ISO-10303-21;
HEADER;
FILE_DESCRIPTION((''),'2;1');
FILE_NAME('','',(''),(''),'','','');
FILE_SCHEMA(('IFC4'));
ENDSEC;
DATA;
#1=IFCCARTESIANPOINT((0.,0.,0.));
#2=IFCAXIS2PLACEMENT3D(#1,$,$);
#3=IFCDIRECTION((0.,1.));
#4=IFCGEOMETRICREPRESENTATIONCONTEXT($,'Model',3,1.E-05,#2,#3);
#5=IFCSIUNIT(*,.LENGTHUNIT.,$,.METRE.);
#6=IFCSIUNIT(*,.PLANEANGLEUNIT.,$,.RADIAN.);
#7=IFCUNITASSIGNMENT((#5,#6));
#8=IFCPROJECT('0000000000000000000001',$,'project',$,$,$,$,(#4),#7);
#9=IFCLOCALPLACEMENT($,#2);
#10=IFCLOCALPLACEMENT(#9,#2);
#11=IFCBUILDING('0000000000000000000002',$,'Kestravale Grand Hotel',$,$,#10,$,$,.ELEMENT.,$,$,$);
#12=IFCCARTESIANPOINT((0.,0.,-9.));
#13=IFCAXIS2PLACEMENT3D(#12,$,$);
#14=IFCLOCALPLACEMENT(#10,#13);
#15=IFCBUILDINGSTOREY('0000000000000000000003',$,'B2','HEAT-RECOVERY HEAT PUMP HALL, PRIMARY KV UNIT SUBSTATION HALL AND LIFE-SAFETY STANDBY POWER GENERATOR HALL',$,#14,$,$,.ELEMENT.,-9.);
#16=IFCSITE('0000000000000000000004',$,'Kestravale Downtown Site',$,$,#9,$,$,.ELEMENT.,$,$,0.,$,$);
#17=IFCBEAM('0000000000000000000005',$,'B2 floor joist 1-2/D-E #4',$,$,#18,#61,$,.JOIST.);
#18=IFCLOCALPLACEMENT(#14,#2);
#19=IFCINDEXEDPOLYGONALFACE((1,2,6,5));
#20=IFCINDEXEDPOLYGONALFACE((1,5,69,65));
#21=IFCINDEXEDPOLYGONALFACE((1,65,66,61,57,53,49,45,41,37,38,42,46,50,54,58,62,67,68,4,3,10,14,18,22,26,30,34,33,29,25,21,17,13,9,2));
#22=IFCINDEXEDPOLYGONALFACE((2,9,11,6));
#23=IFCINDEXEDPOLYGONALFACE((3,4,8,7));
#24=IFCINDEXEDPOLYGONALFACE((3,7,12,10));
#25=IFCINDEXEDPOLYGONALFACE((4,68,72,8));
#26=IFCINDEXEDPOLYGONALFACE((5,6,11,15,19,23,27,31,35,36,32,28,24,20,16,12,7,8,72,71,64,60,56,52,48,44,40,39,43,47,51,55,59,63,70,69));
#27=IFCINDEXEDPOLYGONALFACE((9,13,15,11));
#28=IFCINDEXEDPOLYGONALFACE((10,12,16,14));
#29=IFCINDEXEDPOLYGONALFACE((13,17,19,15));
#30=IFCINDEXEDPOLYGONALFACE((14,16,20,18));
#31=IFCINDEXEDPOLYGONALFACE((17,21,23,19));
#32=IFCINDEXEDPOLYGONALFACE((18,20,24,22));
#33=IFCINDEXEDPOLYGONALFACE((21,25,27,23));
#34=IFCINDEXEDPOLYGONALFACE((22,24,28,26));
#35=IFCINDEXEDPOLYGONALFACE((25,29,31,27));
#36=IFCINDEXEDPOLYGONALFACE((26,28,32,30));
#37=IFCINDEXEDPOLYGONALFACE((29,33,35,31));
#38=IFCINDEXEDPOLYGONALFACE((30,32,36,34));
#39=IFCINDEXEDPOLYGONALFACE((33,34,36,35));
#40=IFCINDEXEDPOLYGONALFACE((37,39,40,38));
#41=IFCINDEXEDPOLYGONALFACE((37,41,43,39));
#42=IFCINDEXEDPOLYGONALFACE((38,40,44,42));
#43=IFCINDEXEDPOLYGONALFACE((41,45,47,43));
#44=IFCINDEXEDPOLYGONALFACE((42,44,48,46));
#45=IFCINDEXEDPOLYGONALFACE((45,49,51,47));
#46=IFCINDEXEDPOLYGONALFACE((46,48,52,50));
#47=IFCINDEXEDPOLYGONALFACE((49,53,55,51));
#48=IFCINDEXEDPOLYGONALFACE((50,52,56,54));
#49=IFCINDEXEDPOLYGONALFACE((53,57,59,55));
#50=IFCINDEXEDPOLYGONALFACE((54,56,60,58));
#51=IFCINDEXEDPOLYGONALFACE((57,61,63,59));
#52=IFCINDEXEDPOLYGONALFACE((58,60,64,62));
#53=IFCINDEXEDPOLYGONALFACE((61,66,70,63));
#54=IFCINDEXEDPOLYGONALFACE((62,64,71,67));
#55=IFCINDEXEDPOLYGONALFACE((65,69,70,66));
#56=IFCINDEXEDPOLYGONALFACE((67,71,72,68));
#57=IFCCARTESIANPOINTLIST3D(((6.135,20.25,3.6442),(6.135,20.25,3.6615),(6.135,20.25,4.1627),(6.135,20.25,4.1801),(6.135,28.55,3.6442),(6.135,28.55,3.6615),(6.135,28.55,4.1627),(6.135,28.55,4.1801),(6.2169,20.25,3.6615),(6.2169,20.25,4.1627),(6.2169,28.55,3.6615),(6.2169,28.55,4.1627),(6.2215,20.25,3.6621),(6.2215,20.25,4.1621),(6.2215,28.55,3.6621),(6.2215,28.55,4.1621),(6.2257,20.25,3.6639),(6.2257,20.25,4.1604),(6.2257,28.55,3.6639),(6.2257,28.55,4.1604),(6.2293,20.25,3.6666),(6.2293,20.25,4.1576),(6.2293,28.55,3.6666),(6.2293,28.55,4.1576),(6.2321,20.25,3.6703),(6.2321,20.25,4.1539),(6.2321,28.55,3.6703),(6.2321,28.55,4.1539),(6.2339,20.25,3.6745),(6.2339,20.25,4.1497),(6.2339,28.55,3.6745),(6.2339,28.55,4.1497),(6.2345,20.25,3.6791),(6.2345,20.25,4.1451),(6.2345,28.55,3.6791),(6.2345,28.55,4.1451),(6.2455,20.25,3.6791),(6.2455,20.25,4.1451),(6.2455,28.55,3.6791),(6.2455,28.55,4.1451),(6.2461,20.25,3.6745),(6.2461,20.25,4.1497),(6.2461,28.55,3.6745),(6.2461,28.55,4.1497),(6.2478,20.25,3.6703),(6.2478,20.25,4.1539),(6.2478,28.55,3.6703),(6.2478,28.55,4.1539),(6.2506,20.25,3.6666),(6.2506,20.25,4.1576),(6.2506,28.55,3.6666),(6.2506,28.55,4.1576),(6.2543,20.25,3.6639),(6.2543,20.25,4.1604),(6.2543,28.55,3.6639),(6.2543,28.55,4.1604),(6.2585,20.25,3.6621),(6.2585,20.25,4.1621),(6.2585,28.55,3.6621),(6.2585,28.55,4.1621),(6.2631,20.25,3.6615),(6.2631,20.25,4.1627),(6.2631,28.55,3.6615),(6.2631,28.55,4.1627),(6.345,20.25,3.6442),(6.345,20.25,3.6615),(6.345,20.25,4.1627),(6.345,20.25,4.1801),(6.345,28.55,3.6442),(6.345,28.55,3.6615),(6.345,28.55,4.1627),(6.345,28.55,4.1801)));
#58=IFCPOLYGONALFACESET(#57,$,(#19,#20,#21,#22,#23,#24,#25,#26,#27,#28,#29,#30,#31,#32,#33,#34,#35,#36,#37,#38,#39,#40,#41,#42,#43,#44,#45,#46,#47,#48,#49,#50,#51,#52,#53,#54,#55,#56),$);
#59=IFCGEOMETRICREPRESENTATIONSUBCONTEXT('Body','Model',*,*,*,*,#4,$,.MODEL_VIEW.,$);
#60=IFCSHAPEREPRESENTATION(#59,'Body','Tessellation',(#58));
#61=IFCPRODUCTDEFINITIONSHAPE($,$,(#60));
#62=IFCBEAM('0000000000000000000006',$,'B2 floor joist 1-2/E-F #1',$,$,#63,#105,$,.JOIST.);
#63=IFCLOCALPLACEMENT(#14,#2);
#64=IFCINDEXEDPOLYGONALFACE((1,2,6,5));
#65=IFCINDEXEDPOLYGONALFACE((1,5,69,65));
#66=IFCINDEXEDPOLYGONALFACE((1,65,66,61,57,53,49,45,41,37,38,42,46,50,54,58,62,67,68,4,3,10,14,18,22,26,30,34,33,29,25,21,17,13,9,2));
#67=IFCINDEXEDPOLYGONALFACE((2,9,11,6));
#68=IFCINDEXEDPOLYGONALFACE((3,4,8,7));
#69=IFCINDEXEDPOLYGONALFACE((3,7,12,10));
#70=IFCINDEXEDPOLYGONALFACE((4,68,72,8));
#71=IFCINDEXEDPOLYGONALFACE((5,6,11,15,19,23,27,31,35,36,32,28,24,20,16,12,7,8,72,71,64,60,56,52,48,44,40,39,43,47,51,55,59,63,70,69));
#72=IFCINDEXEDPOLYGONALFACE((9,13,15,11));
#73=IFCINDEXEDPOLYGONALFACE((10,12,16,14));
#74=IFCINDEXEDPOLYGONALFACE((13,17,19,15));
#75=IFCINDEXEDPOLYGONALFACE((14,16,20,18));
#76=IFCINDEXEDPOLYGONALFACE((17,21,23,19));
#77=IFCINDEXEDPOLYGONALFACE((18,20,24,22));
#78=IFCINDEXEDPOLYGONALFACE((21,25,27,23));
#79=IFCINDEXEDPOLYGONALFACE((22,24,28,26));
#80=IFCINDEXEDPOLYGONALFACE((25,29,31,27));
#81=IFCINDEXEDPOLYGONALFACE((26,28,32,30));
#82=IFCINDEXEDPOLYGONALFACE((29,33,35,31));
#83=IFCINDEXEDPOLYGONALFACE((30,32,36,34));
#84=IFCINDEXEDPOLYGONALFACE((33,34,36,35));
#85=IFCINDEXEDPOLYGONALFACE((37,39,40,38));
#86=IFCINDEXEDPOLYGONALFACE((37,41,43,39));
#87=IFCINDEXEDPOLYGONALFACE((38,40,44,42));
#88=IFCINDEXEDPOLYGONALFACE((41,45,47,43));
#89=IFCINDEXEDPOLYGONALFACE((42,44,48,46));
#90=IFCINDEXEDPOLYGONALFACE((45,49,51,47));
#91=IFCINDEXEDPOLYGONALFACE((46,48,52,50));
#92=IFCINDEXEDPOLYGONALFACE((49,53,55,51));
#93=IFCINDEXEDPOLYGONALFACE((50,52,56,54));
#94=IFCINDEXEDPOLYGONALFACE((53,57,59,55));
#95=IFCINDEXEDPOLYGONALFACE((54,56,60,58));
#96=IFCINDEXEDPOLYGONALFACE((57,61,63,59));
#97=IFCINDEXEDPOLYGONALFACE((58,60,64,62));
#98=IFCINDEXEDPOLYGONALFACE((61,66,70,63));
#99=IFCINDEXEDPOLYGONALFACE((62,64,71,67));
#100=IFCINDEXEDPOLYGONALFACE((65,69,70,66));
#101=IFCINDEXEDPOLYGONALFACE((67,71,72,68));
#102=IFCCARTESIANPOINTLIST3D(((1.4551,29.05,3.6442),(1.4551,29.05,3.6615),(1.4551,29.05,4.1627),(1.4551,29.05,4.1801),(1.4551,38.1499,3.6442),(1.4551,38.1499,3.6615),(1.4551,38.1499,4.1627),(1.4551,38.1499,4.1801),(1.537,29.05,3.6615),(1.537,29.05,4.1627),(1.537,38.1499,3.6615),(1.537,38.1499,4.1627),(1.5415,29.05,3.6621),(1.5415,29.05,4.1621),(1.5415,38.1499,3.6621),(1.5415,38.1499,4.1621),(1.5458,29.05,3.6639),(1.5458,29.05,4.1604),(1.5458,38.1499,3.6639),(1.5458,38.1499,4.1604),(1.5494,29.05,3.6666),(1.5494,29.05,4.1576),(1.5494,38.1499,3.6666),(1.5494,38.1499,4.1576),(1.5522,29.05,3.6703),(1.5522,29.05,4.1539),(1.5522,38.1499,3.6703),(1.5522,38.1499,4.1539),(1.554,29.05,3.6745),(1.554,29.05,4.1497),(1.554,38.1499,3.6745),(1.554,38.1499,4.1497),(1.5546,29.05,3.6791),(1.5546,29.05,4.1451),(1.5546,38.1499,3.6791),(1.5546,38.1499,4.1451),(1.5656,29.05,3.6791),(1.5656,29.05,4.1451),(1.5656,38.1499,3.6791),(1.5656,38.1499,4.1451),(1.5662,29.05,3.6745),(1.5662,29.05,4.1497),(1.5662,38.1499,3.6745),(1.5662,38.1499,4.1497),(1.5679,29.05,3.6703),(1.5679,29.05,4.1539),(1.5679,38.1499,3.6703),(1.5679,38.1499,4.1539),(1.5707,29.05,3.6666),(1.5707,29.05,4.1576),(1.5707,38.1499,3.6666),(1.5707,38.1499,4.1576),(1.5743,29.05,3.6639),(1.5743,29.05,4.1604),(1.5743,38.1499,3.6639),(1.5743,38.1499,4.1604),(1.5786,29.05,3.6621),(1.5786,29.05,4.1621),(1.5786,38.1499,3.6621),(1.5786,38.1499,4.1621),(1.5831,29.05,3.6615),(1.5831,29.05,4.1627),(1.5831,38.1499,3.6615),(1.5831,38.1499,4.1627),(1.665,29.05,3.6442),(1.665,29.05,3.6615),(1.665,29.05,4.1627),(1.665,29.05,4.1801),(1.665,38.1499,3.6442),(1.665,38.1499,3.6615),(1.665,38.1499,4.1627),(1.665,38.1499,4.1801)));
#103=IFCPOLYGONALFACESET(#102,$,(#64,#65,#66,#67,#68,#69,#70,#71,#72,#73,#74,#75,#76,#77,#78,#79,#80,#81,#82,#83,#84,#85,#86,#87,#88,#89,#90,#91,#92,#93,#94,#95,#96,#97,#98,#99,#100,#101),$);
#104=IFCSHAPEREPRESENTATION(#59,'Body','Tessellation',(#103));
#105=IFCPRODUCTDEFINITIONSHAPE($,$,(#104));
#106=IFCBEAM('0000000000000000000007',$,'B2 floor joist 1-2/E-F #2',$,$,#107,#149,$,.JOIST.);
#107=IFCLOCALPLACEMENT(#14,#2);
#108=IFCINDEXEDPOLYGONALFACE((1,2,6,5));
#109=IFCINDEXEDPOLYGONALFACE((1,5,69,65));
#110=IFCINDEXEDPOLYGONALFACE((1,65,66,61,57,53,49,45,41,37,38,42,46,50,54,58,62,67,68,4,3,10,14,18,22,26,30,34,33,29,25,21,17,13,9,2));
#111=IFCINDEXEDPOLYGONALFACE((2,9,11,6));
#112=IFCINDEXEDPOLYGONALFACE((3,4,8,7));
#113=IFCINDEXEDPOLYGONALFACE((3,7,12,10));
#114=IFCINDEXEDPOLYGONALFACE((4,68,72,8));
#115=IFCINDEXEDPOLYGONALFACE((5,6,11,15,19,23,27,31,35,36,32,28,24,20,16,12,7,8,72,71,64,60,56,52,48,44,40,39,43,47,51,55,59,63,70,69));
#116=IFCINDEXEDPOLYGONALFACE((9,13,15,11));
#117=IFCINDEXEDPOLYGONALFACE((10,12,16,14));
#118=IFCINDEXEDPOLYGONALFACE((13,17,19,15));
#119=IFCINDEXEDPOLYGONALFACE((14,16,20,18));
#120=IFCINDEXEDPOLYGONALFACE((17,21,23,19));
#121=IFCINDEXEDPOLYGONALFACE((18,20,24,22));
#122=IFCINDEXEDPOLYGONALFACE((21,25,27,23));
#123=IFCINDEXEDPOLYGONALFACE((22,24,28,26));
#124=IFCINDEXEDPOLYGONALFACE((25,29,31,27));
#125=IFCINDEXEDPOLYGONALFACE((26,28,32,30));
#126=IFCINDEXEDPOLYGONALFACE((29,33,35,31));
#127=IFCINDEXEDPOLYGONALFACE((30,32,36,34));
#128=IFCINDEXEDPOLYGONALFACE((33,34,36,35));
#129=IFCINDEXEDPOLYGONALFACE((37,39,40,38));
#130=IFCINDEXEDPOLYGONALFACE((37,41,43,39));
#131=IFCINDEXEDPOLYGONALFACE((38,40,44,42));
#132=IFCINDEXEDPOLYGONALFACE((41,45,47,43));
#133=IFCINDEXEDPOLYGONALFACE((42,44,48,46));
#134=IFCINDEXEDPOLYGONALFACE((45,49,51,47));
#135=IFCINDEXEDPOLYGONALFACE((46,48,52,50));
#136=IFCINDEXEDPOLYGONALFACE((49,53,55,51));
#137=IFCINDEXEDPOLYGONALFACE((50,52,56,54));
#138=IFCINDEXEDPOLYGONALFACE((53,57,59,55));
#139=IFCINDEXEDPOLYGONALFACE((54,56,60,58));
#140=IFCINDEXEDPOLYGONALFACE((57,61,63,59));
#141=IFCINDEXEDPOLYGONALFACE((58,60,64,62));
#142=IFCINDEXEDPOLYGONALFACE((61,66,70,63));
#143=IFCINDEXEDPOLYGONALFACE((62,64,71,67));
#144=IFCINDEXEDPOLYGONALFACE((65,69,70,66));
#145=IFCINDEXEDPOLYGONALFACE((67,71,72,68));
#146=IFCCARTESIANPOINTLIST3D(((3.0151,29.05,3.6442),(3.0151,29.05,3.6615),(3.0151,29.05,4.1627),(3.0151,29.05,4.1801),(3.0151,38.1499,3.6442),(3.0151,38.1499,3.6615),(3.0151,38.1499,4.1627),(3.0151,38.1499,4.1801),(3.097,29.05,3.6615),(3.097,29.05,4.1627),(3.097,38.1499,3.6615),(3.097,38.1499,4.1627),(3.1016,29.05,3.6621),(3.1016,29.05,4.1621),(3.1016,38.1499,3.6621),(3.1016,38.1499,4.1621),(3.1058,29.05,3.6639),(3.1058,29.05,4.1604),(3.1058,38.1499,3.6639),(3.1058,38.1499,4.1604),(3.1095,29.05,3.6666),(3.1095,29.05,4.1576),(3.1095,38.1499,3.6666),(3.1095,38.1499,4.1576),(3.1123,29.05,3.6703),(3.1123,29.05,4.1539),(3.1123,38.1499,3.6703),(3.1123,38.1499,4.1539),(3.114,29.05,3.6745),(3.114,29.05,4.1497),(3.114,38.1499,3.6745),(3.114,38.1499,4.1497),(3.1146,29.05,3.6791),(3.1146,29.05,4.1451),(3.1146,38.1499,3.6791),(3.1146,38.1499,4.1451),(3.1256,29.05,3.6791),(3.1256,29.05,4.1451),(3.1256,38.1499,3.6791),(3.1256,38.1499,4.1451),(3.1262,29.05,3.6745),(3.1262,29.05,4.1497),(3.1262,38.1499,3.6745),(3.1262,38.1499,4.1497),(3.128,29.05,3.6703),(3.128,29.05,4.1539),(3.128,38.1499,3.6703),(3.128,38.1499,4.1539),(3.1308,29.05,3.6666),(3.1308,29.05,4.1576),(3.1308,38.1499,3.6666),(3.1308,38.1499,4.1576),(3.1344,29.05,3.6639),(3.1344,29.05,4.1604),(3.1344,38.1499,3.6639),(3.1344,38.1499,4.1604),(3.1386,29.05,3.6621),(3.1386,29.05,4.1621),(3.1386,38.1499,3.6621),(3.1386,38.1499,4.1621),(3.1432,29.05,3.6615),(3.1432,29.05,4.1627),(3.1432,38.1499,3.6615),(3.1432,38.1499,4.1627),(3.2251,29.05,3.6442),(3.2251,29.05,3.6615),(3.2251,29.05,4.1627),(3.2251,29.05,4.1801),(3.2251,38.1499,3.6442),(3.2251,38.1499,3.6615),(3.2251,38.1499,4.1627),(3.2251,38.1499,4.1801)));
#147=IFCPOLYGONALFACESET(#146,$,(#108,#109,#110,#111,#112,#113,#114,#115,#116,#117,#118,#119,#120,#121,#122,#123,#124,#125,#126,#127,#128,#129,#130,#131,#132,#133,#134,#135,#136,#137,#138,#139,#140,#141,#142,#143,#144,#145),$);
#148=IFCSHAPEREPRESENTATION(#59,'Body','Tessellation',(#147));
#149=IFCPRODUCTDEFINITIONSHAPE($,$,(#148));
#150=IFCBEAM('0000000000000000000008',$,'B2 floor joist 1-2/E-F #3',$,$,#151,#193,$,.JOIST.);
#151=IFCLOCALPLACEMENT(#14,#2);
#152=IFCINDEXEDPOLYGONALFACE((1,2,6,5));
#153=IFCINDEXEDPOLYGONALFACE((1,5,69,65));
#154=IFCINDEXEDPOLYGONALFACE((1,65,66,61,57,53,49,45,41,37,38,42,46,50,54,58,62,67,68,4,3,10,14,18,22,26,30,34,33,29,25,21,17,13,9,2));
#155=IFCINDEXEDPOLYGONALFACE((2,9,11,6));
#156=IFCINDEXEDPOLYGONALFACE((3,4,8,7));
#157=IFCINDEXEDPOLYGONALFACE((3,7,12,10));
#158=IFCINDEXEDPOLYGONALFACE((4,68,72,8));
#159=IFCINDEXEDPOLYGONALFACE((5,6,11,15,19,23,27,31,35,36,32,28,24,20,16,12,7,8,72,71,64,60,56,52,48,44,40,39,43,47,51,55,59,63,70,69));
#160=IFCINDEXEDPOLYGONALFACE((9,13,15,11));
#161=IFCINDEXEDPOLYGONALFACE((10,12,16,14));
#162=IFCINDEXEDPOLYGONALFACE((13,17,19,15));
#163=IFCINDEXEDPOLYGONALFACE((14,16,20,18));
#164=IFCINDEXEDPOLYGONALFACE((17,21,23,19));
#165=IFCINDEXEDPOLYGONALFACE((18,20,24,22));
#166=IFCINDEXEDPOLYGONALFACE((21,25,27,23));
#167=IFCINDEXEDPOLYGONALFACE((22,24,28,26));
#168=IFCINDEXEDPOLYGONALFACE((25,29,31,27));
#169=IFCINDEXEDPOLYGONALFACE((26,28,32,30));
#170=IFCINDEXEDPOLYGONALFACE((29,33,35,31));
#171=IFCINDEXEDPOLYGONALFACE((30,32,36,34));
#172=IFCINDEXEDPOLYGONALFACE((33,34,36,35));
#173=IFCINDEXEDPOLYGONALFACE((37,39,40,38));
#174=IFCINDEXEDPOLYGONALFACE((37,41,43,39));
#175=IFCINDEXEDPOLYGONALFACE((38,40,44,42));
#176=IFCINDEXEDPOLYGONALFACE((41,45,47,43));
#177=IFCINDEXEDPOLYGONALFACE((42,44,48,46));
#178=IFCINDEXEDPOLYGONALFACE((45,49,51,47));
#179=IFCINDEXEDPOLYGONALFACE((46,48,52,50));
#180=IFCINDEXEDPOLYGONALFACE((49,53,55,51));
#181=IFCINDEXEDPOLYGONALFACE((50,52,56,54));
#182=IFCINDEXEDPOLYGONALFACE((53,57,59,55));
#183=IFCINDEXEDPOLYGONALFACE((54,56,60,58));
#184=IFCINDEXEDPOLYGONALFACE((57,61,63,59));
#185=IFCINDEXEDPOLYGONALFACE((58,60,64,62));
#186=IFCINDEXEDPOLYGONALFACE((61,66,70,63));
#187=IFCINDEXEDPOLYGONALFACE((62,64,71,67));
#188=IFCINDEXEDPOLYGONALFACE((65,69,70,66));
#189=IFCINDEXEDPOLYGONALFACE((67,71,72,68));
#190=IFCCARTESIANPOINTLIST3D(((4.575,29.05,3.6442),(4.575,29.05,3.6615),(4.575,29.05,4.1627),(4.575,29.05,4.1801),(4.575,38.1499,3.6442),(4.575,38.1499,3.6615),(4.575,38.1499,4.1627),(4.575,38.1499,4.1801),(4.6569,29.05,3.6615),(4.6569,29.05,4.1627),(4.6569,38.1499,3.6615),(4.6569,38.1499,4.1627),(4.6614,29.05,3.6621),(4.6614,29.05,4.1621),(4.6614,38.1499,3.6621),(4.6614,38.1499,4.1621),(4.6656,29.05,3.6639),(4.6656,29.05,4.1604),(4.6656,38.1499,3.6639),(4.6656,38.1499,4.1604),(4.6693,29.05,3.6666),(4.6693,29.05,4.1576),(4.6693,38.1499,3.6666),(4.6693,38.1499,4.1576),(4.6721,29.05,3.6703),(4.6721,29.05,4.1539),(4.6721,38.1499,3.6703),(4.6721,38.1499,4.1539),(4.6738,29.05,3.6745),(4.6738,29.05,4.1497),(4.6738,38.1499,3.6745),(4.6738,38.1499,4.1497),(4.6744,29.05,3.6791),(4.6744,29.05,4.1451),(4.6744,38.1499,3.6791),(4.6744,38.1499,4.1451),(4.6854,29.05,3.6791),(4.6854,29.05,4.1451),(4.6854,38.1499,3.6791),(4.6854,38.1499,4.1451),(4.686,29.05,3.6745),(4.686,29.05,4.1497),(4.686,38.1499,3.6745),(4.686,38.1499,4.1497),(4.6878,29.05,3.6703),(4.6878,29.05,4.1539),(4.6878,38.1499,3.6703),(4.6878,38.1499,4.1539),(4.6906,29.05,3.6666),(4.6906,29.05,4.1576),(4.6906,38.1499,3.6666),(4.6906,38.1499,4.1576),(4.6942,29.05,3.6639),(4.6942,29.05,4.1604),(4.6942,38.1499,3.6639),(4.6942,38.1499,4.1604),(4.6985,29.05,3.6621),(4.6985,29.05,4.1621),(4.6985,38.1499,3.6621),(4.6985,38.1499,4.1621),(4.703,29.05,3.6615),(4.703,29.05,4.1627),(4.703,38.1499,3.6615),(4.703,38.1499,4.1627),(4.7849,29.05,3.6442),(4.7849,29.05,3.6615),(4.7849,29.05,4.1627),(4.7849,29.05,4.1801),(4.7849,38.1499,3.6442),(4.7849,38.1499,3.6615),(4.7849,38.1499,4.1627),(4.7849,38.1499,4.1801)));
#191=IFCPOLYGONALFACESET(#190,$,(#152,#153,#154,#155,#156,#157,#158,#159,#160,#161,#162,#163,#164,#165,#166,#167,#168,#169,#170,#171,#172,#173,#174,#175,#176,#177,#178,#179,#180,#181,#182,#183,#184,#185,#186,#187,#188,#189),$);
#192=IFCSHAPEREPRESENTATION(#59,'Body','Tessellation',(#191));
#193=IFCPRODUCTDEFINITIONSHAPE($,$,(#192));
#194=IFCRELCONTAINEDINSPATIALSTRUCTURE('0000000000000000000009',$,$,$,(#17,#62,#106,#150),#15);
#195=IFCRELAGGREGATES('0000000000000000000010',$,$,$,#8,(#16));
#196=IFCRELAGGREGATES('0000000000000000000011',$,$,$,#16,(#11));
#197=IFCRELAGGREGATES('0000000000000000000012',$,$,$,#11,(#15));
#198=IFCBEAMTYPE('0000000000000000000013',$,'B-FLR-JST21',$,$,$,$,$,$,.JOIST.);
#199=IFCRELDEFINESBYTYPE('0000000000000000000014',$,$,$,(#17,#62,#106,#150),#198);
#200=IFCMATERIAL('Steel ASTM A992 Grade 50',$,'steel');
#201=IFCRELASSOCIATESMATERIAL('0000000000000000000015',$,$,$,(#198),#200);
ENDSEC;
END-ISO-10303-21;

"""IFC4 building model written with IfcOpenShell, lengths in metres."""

from ifc_helpers import new_model, si_unit, direction, frame, origin, origin_2d, place, context, subcontext, project, spatial, i_section, extrude, material, material_profile, profile_set, type_object, element, save


model = new_model("IFC4")

# Units and contexts
model_context = context("Model", 3, precision=1e-05, world=origin(), true_north=direction((0.0, 1.0)))
body_context = subcontext(model_context, "Body", "Model", "MODEL_VIEW")
ifc_project = project(units=[si_unit("LENGTHUNIT", "METRE"), si_unit("PLANEANGLEUNIT", "RADIAN")], contexts=[model_context])

# Site, building, storey
site_placement = place(None, origin())
site = spatial("IfcSite", under=ifc_project, at=site_placement, Name="Kestravale Downtown Site", CompositionType="ELEMENT", RefElevation=0.0)
building_placement = place(site_placement, origin())
building = spatial("IfcBuilding", under=site, at=building_placement, Name="Kestravale Grand Hotel", CompositionType="ELEMENT")
storey_placement = place(building_placement, frame((0.0, 0.0, -9.0)))
storey = spatial("IfcBuildingStorey", under=building, at=storey_placement, Name="B2", Description="HEAT-RECOVERY HEAT PUMP HALL, PRIMARY KV UNIT SUBSTATION HALL AND LIFE-SAFETY STANDBY POWER GENERATOR HALL", CompositionType="ELEMENT", Elevation=-9.0)

# Beams
ifc_material_1 = material(Name="Steel ASTM A992 Grade 50", Category="steel")
ifc_material_profile_1 = material_profile(ifc_material_1, i_section(OverallWidth=0.21, OverallDepth=0.5359, WebThickness=0.011, FlangeThickness=0.0173, FilletRadius=0.0176, at=origin_2d()))
ifc_profile_set_1 = profile_set([ifc_material_profile_1], Name="Steel ASTM A992 Grade 50")
beam_type_1 = type_object("IfcBeamType", Name="B-FLR-JST21", PredefinedType="JOIST", material=ifc_profile_set_1)
for number, where, z_axis, x_axis, name in (
    (1, (6.24, 20.25, 3.9121), (0.0, 1.0, 0.0), (-1.0, 0.0, 0.0), "B2 floor joist 1-2/D-E #4"),
):
    element("IfcBeam", number, at=place(storey_placement, frame(where, z_axis=z_axis, x_axis=x_axis)), inside=storey, type_object=beam_type_1, Name=name, PredefinedType="JOIST", context=body_context, shape_type="SweptSolid", body=[
        extrude(i_section(OverallWidth=0.21, OverallDepth=0.5359, WebThickness=0.011, FlangeThickness=0.0173, FilletRadius=0.0176, at=origin_2d()), origin(), (0.0, 0.0, 1.0), 8.3),
    ])
for number, where, z_axis, x_axis, name in (
    (2, (1.5601, 29.05, 3.9121), (0.0, 1.0, 0.0), (-1.0, 0.0, 0.0), "B2 floor joist 1-2/E-F #1"),
    (3, (3.1201, 29.05, 3.9121), (0.0, 1.0, 0.0), (-1.0, 0.0, 0.0), "B2 floor joist 1-2/E-F #2"),
    (4, (4.6799, 29.05, 3.9121), (0.0, 1.0, 0.0), (-1.0, 0.0, 0.0), "B2 floor joist 1-2/E-F #3"),
):
    element("IfcBeam", number, at=place(storey_placement, frame(where, z_axis=z_axis, x_axis=x_axis)), inside=storey, type_object=beam_type_1, Name=name, PredefinedType="JOIST", context=body_context, shape_type="SweptSolid", body=[
        extrude(i_section(OverallWidth=0.21, OverallDepth=0.5359, WebThickness=0.011, FlangeThickness=0.0173, FilletRadius=0.0176, at=origin_2d()), origin(), (0.0, 0.0, 1.0), 9.0999),
    ])

save(model, "model.ifc")
